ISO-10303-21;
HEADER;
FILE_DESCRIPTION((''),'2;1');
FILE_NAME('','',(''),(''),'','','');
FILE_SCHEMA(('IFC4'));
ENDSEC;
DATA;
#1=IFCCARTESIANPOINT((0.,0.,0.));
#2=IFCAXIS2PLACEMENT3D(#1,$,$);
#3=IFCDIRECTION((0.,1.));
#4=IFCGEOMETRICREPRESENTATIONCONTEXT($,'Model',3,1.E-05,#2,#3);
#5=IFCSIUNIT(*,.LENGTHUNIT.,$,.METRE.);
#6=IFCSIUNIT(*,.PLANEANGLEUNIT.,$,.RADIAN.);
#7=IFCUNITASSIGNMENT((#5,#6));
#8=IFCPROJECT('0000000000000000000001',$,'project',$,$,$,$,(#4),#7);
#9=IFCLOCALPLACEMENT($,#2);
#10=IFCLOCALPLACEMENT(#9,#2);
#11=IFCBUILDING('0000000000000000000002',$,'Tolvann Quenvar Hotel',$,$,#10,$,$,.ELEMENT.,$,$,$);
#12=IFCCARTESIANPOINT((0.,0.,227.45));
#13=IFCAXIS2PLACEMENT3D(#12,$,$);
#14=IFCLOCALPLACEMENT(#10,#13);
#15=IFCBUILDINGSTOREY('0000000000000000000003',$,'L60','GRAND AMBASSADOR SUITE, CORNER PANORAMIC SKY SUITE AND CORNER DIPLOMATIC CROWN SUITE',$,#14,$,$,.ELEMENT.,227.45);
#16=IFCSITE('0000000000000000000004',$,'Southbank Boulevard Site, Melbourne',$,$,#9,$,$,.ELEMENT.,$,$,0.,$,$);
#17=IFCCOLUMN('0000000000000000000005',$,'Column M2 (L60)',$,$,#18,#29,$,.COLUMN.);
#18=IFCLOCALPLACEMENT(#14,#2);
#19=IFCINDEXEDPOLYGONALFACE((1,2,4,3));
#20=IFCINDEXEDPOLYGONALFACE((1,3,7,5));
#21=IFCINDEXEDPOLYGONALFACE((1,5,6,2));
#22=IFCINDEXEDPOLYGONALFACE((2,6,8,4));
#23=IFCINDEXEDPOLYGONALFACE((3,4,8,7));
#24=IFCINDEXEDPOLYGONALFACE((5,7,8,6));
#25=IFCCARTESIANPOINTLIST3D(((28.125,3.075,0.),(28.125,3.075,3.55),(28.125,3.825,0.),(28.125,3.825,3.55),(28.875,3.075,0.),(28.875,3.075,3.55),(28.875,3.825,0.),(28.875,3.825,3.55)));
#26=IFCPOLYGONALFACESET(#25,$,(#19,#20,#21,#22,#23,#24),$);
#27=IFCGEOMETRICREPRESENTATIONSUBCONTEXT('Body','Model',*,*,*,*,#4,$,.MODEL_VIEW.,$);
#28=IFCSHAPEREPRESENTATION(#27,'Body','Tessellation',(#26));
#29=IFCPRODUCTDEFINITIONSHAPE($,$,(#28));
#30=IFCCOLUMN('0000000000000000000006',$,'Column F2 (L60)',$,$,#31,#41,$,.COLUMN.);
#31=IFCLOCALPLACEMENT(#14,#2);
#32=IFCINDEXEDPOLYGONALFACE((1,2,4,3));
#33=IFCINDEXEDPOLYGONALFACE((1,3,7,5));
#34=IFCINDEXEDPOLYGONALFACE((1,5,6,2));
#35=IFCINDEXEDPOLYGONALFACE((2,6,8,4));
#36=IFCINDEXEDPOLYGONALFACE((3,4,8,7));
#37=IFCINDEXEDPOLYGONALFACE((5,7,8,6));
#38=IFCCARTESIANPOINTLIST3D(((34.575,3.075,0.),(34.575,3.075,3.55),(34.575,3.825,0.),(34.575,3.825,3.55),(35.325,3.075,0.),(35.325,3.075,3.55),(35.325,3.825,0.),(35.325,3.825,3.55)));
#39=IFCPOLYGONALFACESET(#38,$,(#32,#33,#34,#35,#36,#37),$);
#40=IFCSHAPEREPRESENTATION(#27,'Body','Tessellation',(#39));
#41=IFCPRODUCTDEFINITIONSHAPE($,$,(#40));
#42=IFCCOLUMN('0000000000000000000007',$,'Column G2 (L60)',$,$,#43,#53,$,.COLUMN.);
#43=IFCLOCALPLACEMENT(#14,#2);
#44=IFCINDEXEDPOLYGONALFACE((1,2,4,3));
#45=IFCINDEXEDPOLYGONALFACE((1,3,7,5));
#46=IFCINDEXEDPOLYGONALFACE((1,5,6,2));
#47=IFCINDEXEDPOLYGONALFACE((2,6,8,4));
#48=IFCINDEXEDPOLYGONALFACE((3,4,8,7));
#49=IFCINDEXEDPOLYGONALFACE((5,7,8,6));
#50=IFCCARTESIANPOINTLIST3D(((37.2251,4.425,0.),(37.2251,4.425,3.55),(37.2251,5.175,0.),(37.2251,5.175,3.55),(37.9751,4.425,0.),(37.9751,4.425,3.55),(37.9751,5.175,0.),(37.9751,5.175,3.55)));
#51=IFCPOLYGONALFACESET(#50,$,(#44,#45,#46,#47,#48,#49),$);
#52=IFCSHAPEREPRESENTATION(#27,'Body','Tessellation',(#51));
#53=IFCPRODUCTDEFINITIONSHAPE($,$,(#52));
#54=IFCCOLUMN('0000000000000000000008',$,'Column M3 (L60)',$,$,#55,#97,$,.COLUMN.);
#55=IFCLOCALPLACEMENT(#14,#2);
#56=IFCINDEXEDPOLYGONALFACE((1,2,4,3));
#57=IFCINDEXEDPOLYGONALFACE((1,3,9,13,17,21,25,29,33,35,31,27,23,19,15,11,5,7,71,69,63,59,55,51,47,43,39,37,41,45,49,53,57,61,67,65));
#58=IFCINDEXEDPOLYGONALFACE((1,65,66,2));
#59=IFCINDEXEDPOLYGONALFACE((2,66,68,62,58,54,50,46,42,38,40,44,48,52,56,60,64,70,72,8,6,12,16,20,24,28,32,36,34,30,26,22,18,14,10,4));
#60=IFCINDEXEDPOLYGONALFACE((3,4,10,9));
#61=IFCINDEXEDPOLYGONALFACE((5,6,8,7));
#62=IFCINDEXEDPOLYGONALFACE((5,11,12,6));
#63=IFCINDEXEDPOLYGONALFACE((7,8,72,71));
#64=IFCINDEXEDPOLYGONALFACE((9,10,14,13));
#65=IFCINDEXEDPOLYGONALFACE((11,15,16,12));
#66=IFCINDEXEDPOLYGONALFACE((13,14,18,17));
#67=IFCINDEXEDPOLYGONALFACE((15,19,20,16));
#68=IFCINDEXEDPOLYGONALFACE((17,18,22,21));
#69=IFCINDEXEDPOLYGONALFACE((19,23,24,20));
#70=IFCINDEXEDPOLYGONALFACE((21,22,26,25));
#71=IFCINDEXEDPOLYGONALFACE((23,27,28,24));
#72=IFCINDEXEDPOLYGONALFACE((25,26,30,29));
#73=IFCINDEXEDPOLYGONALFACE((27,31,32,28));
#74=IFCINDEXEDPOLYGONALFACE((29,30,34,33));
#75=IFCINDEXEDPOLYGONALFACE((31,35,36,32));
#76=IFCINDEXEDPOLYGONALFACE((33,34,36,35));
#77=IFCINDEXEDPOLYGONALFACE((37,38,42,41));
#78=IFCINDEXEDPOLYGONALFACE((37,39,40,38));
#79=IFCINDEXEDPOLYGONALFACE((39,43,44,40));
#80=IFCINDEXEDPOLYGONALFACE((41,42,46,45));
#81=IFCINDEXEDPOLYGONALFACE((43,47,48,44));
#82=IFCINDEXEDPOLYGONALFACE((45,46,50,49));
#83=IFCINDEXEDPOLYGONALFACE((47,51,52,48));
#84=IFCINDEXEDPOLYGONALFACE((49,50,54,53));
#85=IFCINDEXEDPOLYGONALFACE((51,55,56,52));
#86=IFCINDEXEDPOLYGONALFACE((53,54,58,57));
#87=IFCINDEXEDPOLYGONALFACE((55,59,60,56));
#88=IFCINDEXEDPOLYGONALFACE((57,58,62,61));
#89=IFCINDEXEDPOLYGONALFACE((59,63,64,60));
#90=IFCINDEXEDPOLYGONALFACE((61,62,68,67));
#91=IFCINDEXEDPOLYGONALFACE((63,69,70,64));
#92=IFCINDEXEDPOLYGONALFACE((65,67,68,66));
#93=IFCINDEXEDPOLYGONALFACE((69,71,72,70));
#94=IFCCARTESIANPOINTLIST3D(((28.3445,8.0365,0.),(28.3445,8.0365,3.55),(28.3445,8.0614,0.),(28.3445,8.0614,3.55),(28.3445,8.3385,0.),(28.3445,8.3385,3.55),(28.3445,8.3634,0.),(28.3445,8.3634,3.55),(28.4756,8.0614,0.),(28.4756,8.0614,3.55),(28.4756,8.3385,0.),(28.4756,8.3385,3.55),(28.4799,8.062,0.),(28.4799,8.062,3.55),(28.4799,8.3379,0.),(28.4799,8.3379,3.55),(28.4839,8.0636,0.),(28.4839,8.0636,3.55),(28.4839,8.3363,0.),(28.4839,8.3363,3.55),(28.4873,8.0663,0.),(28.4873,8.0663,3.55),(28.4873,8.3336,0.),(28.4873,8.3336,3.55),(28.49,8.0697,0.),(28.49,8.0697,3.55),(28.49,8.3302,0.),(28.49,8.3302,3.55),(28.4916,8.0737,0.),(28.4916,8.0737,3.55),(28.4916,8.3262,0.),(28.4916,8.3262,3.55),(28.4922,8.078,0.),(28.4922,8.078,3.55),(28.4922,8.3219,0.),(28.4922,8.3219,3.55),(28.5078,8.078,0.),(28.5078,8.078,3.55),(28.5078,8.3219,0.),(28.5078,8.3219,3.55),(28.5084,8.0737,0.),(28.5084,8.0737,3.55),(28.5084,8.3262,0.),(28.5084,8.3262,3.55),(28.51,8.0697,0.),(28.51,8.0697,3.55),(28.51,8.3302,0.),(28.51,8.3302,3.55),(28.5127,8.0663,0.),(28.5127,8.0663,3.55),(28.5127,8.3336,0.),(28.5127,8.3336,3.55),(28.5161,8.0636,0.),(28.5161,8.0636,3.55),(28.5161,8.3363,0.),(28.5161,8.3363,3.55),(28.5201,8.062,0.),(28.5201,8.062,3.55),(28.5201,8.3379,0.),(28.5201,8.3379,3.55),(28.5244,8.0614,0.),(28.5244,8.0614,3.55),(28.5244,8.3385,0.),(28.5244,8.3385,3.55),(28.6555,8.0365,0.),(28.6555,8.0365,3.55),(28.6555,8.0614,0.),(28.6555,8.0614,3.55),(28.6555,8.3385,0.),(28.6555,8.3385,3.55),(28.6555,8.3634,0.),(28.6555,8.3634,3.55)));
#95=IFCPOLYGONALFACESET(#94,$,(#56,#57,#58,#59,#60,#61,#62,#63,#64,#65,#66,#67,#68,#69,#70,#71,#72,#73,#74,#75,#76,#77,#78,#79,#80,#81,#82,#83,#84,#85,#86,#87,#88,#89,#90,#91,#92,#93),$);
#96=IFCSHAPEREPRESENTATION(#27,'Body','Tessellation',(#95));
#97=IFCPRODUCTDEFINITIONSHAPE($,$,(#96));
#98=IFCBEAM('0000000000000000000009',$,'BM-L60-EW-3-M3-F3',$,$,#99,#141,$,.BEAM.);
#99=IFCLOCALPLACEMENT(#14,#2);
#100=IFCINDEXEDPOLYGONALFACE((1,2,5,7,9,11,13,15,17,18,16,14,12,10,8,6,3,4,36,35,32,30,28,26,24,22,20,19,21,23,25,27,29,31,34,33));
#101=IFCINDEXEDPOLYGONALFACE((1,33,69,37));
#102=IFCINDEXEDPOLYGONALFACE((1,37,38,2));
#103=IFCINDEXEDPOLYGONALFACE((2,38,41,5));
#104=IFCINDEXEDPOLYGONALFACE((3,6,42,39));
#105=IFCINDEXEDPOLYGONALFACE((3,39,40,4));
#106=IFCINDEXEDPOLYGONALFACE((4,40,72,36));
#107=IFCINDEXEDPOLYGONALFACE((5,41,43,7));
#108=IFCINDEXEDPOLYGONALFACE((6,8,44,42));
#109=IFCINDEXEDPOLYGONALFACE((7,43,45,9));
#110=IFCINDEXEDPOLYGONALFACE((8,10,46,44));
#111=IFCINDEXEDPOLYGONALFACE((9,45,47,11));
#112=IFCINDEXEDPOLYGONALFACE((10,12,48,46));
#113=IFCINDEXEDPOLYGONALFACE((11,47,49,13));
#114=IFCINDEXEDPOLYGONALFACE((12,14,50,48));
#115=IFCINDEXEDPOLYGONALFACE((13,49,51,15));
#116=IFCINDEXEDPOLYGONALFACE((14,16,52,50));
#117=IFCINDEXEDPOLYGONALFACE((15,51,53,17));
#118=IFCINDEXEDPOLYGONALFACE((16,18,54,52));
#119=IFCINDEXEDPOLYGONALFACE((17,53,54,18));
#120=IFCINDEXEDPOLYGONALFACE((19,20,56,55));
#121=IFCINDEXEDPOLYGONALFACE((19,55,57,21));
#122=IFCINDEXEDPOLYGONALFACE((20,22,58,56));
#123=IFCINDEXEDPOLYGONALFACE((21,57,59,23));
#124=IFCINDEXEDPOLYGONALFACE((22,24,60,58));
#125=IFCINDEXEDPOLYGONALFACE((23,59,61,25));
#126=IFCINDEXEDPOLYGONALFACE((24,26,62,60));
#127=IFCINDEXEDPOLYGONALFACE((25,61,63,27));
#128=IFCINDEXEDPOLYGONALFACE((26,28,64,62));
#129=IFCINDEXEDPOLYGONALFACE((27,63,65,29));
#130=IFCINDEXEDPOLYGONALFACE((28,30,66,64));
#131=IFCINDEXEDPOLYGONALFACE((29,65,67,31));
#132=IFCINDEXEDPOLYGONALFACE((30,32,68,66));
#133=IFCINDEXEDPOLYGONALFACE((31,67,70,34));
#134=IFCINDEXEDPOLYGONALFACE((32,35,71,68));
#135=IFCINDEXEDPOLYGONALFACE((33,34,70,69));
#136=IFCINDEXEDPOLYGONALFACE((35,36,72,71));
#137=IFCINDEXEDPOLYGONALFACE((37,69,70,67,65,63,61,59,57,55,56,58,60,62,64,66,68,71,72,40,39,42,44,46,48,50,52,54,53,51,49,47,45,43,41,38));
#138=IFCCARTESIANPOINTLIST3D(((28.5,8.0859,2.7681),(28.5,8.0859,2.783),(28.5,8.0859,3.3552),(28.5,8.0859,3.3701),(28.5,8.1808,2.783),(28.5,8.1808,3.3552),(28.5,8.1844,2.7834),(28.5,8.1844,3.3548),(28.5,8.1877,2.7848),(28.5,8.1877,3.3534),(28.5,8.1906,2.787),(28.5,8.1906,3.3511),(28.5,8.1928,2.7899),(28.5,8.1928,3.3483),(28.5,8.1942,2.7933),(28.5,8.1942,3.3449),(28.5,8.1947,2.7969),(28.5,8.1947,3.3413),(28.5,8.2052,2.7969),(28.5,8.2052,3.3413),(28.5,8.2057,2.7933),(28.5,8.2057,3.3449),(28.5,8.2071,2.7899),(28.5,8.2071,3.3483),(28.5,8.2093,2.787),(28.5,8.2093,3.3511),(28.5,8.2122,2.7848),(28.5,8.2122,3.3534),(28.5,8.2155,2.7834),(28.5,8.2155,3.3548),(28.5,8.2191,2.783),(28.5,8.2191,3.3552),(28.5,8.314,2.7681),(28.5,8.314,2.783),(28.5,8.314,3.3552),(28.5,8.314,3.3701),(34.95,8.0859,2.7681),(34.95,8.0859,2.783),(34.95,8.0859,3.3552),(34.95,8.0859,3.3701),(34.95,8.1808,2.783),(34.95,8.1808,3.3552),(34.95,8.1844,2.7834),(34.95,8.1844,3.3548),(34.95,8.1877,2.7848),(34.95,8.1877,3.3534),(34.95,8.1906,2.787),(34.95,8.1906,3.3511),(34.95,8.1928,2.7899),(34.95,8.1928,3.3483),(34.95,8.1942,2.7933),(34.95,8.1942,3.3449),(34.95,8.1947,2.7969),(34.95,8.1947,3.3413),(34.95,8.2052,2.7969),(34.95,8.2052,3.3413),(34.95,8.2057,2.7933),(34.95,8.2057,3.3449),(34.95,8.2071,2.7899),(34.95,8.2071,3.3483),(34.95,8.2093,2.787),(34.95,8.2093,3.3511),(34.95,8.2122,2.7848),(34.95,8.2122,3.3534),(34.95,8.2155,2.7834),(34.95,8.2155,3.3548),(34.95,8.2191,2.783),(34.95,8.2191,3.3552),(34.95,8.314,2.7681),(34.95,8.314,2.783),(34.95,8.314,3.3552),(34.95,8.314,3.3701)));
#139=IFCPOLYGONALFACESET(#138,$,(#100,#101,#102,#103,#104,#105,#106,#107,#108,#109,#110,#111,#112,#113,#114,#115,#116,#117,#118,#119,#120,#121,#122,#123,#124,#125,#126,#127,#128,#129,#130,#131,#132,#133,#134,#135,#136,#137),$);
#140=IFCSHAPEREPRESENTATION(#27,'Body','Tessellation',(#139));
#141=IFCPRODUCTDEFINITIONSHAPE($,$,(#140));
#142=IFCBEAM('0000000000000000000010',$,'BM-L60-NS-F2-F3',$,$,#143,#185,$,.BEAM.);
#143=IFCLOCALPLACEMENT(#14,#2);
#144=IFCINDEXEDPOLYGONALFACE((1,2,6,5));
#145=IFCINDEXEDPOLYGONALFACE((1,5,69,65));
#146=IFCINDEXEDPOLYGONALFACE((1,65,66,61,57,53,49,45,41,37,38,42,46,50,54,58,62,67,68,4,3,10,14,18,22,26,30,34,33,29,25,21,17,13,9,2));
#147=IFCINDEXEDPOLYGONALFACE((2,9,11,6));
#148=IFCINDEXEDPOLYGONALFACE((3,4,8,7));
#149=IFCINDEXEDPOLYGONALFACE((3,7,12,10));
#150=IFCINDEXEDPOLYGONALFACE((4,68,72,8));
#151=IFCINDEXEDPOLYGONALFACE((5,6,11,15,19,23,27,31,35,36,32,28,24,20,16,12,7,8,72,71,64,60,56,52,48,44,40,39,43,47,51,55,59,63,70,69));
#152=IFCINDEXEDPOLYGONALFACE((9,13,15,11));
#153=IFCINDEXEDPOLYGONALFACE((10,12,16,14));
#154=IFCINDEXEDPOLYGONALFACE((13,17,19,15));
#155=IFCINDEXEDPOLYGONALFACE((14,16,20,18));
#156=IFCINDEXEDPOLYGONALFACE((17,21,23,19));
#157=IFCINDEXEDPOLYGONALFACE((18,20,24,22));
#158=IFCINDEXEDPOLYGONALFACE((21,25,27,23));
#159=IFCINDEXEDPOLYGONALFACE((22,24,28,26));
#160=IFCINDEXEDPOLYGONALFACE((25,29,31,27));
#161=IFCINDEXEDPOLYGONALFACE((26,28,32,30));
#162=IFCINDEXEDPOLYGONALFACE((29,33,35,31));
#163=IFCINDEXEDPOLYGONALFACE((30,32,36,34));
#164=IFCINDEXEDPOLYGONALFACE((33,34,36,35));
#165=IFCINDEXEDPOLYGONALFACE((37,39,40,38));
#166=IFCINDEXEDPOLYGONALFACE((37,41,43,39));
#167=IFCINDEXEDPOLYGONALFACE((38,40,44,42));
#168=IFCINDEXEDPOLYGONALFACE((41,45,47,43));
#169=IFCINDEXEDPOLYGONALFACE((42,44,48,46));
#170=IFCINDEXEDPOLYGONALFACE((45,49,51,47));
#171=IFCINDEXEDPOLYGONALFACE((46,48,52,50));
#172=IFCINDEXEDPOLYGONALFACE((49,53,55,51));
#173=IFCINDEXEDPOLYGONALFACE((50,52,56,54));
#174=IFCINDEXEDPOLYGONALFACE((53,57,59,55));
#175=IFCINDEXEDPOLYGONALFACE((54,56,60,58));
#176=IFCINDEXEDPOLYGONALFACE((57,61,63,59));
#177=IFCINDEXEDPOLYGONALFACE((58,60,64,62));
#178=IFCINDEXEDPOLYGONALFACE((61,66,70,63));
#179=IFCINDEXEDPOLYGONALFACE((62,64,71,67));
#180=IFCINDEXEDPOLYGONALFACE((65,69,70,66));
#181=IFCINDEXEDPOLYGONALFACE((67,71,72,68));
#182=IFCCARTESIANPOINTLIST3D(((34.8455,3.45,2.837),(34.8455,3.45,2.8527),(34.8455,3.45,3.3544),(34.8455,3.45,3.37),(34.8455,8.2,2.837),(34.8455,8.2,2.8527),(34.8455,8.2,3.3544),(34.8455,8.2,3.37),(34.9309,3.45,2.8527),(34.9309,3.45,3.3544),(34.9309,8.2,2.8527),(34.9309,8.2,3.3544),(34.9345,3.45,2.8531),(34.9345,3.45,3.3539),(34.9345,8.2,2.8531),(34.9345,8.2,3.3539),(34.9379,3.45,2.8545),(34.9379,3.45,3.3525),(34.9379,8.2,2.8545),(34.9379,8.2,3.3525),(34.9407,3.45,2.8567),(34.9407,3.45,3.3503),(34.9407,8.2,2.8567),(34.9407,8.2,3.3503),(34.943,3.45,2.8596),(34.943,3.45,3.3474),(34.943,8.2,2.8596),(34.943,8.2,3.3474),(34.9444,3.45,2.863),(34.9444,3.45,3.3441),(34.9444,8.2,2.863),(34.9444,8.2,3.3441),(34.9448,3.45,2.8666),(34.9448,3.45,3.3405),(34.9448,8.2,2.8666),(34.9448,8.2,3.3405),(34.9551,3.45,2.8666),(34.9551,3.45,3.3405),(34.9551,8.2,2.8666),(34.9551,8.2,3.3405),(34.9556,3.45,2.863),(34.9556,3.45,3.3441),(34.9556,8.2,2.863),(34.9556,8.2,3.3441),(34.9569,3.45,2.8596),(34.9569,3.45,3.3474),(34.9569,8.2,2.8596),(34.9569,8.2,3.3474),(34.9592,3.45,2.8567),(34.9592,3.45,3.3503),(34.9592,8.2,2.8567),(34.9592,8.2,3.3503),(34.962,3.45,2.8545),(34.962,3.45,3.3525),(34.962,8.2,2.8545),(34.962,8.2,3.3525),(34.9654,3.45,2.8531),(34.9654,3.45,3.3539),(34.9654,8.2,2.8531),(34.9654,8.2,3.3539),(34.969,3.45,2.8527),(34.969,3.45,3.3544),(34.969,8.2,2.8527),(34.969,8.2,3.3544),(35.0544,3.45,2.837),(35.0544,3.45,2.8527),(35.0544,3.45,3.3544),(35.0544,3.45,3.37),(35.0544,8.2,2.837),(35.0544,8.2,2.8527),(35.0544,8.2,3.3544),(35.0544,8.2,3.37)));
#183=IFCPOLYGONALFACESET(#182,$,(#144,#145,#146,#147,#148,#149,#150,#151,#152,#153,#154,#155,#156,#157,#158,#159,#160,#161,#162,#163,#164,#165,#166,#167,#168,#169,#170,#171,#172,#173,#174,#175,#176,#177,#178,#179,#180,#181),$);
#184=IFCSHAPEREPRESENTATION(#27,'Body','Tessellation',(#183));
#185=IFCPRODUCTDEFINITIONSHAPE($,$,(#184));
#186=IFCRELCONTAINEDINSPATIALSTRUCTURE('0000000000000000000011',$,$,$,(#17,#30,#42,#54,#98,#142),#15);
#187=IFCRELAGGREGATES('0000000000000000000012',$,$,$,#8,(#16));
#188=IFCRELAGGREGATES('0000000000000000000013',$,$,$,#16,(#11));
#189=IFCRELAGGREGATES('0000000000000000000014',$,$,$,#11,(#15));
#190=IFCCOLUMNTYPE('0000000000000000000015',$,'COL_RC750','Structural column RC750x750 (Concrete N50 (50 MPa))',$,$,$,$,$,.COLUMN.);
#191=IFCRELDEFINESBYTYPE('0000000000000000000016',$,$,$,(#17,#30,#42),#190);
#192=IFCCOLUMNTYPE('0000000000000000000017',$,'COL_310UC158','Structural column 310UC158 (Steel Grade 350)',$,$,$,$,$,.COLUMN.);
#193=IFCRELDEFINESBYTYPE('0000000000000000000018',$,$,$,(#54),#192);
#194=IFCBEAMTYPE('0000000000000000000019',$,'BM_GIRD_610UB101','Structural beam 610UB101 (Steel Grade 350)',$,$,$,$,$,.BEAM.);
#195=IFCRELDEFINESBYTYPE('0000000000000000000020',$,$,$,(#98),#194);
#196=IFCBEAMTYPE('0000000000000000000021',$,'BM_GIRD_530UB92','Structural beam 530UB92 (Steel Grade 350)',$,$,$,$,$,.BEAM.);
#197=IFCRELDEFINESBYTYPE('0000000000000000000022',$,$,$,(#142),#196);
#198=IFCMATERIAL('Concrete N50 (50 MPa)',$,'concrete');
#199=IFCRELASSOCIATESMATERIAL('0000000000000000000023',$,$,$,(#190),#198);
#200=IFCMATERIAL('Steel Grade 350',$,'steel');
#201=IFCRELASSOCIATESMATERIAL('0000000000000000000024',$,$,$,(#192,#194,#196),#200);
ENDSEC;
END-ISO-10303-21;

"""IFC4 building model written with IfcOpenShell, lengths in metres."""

from ifc_helpers import new_model, si_unit, direction, frame, origin, origin_2d, place, context, subcontext, project, spatial, rectangle, i_section, extrude, source, transform, mapped, material, material_profile, profile_set, type_object, type_shapes, element, save


model = new_model("IFC4")

# Units and contexts
model_context = context("Model", 3, precision=1e-05, world=origin(), true_north=direction((0.0, 1.0)))
body_context = subcontext(model_context, "Body", "Model", "MODEL_VIEW")
ifc_project = project(units=[si_unit("LENGTHUNIT", "METRE"), si_unit("PLANEANGLEUNIT", "RADIAN")], contexts=[model_context])

# Site, building, storey
site_placement = place(None, origin())
site = spatial("IfcSite", under=ifc_project, at=site_placement, Name="Southbank Boulevard Site, Melbourne", CompositionType="ELEMENT", RefElevation=0.0)
building_placement = place(site_placement, origin())
building = spatial("IfcBuilding", under=site, at=building_placement, Name="Tolvann Quenvar Hotel", CompositionType="ELEMENT")
storey_placement = place(building_placement, frame((0.0, 0.0, 227.45)))
storey = spatial("IfcBuildingStorey", under=building, at=storey_placement, Name="L60", Description="GRAND AMBASSADOR SUITE, CORNER PANORAMIC SKY SUITE AND CORNER DIPLOMATIC CROWN SUITE", CompositionType="ELEMENT", Elevation=227.45)

# Columns
ifc_material_1 = material(Name="Concrete N50 (50 MPa)", Category="concrete")
ifc_material_profile_1 = material_profile(ifc_material_1, rectangle(XDim=0.75, YDim=0.75, at=origin_2d()), Name="RC750x750")
ifc_profile_set_1 = profile_set([ifc_material_profile_1], Name="Concrete N50 (50 MPa)")
column_type_1 = type_object("IfcColumnType", Name="COL_RC750", Description="Structural column RC750x750 (Concrete N50 (50 MPa))", PredefinedType="COLUMN", material=ifc_profile_set_1)
shared_shape_1 = source(origin(), body_context, "Body", "SweptSolid", [
    extrude(rectangle(XDim=0.75, YDim=0.75, at=origin_2d()), origin(), (0.0, 0.0, 1.0), 3.55),
])
type_shapes(column_type_1, [shared_shape_1])
for number, where, z_axis, x_axis, name in (
    (1, (28.5, 3.45, 0.0), (0.0, 0.0, 1.0), (1.0, 0.0, 0.0), "Column M2 (L60)"),
    (2, (34.95, 3.45, 0.0), (0.0, 0.0, 1.0), (1.0, 0.0, 0.0), "Column F2 (L60)"),
    (3, (37.6001, 4.8, 0.0), (0.0, 0.0, 1.0), (1.0, 0.0, 0.0), "Column G2 (L60)"),
):
    element("IfcColumn", number, at=place(storey_placement, frame(where, z_axis=z_axis, x_axis=x_axis)), inside=storey, type_object=column_type_1, Name=name, PredefinedType="COLUMN", context=body_context, shape_type="MappedRepresentation", body=[
        mapped(shared_shape_1, transform((0.0, 0.0, 0.0), x_axis=(1.0, 0.0, 0.0), y_axis=(0.0, 1.0, 0.0), z_axis=(0.0, 0.0, 1.0), scale=1.0)),
    ])
ifc_material_2 = material(Name="Steel Grade 350", Category="steel")
ifc_material_profile_2 = material_profile(ifc_material_2, i_section(OverallWidth=0.311, OverallDepth=0.3269, WebThickness=0.0156, FlangeThickness=0.0249, FilletRadius=0.0166, at=origin_2d()), Name="310UC158")
ifc_profile_set_2 = profile_set([ifc_material_profile_2], Name="Steel Grade 350")
column_type_2 = type_object("IfcColumnType", Name="COL_310UC158", Description="Structural column 310UC158 (Steel Grade 350)", PredefinedType="COLUMN", material=ifc_profile_set_2)
shared_shape_2 = source(origin(), body_context, "Body", "SweptSolid", [
    extrude(i_section(OverallWidth=0.311, OverallDepth=0.3269, WebThickness=0.0156, FlangeThickness=0.0249, FilletRadius=0.0166, at=origin_2d()), origin(), (0.0, 0.0, 1.0), 3.55),
])
type_shapes(column_type_2, [shared_shape_2])
column_placement = place(storey_placement, frame((28.5, 8.2, 0.0), z_axis=(0.0, 0.0, 1.0), x_axis=(1.0, 0.0, 0.0)))
element("IfcColumn", 4, at=column_placement, inside=storey, type_object=column_type_2, Name="Column M3 (L60)", PredefinedType="COLUMN", context=body_context, shape_type="MappedRepresentation", body=[
    mapped(shared_shape_2, transform((0.0, 0.0, 0.0), x_axis=(1.0, 0.0, 0.0), y_axis=(0.0, 1.0, 0.0), z_axis=(0.0, 0.0, 1.0), scale=1.0)),
])

# Beams
ifc_material_profile_3 = material_profile(ifc_material_2, i_section(OverallWidth=0.228, OverallDepth=0.6021, WebThickness=0.0105, FlangeThickness=0.0149, FilletRadius=0.0139, at=origin_2d()), Name="610UB101")
ifc_profile_set_3 = profile_set([ifc_material_profile_3], Name="Steel Grade 350")
beam_type_1 = type_object("IfcBeamType", Name="BM_GIRD_610UB101", Description="Structural beam 610UB101 (Steel Grade 350)", PredefinedType="BEAM", material=ifc_profile_set_3)
shared_shape_3 = source(origin(), body_context, "Body", "SweptSolid", [
    extrude(i_section(OverallWidth=0.228, OverallDepth=0.6021, WebThickness=0.0105, FlangeThickness=0.0149, FilletRadius=0.0139, at=origin_2d()), origin(), (0.0, 0.0, 1.0), 6.45),
])
type_shapes(beam_type_1, [shared_shape_3])
beam_1_placement = place(storey_placement, frame((28.5, 8.2, 3.0691), z_axis=(1.0, 0.0, 0.0), x_axis=(0.0, 1.0, 0.0)))
element("IfcBeam", 5, at=beam_1_placement, inside=storey, type_object=beam_type_1, Name="BM-L60-EW-3-M3-F3", PredefinedType="BEAM", context=body_context, shape_type="MappedRepresentation", body=[
    mapped(shared_shape_3, transform((0.0, 0.0, 0.0), x_axis=(1.0, 0.0, 0.0), y_axis=(0.0, 1.0, 0.0), z_axis=(0.0, 0.0, 1.0), scale=1.0)),
])
ifc_material_profile_4 = material_profile(ifc_material_2, i_section(OverallWidth=0.209, OverallDepth=0.533, WebThickness=0.0103, FlangeThickness=0.0156, FilletRadius=0.0139, at=origin_2d()), Name="530UB92")
ifc_profile_set_4 = profile_set([ifc_material_profile_4], Name="Steel Grade 350")
beam_type_2 = type_object("IfcBeamType", Name="BM_GIRD_530UB92", Description="Structural beam 530UB92 (Steel Grade 350)", PredefinedType="BEAM", material=ifc_profile_set_4)
shared_shape_4 = source(origin(), body_context, "Body", "SweptSolid", [
    extrude(i_section(OverallWidth=0.209, OverallDepth=0.533, WebThickness=0.0103, FlangeThickness=0.0156, FilletRadius=0.0139, at=origin_2d()), origin(), (0.0, 0.0, 1.0), 4.75),
])
type_shapes(beam_type_2, [shared_shape_4])
for number, where, z_axis, x_axis, name in (
    (6, (34.95, 3.45, 3.1035), (0.0, 1.0, 0.0), (-1.0, 0.0, 0.0), "BM-L60-NS-F2-F3"),
):
    element("IfcBeam", number, at=place(storey_placement, frame(where, z_axis=z_axis, x_axis=x_axis)), inside=storey, type_object=beam_type_2, Name=name, PredefinedType="BEAM", context=body_context, shape_type="MappedRepresentation", body=[
        mapped(shared_shape_4, transform((0.0, 0.0, 0.0), x_axis=(1.0, 0.0, 0.0), y_axis=(0.0, 1.0, 0.0), z_axis=(0.0, 0.0, 1.0), scale=1.0)),
    ])

save(model, "model.ifc")
